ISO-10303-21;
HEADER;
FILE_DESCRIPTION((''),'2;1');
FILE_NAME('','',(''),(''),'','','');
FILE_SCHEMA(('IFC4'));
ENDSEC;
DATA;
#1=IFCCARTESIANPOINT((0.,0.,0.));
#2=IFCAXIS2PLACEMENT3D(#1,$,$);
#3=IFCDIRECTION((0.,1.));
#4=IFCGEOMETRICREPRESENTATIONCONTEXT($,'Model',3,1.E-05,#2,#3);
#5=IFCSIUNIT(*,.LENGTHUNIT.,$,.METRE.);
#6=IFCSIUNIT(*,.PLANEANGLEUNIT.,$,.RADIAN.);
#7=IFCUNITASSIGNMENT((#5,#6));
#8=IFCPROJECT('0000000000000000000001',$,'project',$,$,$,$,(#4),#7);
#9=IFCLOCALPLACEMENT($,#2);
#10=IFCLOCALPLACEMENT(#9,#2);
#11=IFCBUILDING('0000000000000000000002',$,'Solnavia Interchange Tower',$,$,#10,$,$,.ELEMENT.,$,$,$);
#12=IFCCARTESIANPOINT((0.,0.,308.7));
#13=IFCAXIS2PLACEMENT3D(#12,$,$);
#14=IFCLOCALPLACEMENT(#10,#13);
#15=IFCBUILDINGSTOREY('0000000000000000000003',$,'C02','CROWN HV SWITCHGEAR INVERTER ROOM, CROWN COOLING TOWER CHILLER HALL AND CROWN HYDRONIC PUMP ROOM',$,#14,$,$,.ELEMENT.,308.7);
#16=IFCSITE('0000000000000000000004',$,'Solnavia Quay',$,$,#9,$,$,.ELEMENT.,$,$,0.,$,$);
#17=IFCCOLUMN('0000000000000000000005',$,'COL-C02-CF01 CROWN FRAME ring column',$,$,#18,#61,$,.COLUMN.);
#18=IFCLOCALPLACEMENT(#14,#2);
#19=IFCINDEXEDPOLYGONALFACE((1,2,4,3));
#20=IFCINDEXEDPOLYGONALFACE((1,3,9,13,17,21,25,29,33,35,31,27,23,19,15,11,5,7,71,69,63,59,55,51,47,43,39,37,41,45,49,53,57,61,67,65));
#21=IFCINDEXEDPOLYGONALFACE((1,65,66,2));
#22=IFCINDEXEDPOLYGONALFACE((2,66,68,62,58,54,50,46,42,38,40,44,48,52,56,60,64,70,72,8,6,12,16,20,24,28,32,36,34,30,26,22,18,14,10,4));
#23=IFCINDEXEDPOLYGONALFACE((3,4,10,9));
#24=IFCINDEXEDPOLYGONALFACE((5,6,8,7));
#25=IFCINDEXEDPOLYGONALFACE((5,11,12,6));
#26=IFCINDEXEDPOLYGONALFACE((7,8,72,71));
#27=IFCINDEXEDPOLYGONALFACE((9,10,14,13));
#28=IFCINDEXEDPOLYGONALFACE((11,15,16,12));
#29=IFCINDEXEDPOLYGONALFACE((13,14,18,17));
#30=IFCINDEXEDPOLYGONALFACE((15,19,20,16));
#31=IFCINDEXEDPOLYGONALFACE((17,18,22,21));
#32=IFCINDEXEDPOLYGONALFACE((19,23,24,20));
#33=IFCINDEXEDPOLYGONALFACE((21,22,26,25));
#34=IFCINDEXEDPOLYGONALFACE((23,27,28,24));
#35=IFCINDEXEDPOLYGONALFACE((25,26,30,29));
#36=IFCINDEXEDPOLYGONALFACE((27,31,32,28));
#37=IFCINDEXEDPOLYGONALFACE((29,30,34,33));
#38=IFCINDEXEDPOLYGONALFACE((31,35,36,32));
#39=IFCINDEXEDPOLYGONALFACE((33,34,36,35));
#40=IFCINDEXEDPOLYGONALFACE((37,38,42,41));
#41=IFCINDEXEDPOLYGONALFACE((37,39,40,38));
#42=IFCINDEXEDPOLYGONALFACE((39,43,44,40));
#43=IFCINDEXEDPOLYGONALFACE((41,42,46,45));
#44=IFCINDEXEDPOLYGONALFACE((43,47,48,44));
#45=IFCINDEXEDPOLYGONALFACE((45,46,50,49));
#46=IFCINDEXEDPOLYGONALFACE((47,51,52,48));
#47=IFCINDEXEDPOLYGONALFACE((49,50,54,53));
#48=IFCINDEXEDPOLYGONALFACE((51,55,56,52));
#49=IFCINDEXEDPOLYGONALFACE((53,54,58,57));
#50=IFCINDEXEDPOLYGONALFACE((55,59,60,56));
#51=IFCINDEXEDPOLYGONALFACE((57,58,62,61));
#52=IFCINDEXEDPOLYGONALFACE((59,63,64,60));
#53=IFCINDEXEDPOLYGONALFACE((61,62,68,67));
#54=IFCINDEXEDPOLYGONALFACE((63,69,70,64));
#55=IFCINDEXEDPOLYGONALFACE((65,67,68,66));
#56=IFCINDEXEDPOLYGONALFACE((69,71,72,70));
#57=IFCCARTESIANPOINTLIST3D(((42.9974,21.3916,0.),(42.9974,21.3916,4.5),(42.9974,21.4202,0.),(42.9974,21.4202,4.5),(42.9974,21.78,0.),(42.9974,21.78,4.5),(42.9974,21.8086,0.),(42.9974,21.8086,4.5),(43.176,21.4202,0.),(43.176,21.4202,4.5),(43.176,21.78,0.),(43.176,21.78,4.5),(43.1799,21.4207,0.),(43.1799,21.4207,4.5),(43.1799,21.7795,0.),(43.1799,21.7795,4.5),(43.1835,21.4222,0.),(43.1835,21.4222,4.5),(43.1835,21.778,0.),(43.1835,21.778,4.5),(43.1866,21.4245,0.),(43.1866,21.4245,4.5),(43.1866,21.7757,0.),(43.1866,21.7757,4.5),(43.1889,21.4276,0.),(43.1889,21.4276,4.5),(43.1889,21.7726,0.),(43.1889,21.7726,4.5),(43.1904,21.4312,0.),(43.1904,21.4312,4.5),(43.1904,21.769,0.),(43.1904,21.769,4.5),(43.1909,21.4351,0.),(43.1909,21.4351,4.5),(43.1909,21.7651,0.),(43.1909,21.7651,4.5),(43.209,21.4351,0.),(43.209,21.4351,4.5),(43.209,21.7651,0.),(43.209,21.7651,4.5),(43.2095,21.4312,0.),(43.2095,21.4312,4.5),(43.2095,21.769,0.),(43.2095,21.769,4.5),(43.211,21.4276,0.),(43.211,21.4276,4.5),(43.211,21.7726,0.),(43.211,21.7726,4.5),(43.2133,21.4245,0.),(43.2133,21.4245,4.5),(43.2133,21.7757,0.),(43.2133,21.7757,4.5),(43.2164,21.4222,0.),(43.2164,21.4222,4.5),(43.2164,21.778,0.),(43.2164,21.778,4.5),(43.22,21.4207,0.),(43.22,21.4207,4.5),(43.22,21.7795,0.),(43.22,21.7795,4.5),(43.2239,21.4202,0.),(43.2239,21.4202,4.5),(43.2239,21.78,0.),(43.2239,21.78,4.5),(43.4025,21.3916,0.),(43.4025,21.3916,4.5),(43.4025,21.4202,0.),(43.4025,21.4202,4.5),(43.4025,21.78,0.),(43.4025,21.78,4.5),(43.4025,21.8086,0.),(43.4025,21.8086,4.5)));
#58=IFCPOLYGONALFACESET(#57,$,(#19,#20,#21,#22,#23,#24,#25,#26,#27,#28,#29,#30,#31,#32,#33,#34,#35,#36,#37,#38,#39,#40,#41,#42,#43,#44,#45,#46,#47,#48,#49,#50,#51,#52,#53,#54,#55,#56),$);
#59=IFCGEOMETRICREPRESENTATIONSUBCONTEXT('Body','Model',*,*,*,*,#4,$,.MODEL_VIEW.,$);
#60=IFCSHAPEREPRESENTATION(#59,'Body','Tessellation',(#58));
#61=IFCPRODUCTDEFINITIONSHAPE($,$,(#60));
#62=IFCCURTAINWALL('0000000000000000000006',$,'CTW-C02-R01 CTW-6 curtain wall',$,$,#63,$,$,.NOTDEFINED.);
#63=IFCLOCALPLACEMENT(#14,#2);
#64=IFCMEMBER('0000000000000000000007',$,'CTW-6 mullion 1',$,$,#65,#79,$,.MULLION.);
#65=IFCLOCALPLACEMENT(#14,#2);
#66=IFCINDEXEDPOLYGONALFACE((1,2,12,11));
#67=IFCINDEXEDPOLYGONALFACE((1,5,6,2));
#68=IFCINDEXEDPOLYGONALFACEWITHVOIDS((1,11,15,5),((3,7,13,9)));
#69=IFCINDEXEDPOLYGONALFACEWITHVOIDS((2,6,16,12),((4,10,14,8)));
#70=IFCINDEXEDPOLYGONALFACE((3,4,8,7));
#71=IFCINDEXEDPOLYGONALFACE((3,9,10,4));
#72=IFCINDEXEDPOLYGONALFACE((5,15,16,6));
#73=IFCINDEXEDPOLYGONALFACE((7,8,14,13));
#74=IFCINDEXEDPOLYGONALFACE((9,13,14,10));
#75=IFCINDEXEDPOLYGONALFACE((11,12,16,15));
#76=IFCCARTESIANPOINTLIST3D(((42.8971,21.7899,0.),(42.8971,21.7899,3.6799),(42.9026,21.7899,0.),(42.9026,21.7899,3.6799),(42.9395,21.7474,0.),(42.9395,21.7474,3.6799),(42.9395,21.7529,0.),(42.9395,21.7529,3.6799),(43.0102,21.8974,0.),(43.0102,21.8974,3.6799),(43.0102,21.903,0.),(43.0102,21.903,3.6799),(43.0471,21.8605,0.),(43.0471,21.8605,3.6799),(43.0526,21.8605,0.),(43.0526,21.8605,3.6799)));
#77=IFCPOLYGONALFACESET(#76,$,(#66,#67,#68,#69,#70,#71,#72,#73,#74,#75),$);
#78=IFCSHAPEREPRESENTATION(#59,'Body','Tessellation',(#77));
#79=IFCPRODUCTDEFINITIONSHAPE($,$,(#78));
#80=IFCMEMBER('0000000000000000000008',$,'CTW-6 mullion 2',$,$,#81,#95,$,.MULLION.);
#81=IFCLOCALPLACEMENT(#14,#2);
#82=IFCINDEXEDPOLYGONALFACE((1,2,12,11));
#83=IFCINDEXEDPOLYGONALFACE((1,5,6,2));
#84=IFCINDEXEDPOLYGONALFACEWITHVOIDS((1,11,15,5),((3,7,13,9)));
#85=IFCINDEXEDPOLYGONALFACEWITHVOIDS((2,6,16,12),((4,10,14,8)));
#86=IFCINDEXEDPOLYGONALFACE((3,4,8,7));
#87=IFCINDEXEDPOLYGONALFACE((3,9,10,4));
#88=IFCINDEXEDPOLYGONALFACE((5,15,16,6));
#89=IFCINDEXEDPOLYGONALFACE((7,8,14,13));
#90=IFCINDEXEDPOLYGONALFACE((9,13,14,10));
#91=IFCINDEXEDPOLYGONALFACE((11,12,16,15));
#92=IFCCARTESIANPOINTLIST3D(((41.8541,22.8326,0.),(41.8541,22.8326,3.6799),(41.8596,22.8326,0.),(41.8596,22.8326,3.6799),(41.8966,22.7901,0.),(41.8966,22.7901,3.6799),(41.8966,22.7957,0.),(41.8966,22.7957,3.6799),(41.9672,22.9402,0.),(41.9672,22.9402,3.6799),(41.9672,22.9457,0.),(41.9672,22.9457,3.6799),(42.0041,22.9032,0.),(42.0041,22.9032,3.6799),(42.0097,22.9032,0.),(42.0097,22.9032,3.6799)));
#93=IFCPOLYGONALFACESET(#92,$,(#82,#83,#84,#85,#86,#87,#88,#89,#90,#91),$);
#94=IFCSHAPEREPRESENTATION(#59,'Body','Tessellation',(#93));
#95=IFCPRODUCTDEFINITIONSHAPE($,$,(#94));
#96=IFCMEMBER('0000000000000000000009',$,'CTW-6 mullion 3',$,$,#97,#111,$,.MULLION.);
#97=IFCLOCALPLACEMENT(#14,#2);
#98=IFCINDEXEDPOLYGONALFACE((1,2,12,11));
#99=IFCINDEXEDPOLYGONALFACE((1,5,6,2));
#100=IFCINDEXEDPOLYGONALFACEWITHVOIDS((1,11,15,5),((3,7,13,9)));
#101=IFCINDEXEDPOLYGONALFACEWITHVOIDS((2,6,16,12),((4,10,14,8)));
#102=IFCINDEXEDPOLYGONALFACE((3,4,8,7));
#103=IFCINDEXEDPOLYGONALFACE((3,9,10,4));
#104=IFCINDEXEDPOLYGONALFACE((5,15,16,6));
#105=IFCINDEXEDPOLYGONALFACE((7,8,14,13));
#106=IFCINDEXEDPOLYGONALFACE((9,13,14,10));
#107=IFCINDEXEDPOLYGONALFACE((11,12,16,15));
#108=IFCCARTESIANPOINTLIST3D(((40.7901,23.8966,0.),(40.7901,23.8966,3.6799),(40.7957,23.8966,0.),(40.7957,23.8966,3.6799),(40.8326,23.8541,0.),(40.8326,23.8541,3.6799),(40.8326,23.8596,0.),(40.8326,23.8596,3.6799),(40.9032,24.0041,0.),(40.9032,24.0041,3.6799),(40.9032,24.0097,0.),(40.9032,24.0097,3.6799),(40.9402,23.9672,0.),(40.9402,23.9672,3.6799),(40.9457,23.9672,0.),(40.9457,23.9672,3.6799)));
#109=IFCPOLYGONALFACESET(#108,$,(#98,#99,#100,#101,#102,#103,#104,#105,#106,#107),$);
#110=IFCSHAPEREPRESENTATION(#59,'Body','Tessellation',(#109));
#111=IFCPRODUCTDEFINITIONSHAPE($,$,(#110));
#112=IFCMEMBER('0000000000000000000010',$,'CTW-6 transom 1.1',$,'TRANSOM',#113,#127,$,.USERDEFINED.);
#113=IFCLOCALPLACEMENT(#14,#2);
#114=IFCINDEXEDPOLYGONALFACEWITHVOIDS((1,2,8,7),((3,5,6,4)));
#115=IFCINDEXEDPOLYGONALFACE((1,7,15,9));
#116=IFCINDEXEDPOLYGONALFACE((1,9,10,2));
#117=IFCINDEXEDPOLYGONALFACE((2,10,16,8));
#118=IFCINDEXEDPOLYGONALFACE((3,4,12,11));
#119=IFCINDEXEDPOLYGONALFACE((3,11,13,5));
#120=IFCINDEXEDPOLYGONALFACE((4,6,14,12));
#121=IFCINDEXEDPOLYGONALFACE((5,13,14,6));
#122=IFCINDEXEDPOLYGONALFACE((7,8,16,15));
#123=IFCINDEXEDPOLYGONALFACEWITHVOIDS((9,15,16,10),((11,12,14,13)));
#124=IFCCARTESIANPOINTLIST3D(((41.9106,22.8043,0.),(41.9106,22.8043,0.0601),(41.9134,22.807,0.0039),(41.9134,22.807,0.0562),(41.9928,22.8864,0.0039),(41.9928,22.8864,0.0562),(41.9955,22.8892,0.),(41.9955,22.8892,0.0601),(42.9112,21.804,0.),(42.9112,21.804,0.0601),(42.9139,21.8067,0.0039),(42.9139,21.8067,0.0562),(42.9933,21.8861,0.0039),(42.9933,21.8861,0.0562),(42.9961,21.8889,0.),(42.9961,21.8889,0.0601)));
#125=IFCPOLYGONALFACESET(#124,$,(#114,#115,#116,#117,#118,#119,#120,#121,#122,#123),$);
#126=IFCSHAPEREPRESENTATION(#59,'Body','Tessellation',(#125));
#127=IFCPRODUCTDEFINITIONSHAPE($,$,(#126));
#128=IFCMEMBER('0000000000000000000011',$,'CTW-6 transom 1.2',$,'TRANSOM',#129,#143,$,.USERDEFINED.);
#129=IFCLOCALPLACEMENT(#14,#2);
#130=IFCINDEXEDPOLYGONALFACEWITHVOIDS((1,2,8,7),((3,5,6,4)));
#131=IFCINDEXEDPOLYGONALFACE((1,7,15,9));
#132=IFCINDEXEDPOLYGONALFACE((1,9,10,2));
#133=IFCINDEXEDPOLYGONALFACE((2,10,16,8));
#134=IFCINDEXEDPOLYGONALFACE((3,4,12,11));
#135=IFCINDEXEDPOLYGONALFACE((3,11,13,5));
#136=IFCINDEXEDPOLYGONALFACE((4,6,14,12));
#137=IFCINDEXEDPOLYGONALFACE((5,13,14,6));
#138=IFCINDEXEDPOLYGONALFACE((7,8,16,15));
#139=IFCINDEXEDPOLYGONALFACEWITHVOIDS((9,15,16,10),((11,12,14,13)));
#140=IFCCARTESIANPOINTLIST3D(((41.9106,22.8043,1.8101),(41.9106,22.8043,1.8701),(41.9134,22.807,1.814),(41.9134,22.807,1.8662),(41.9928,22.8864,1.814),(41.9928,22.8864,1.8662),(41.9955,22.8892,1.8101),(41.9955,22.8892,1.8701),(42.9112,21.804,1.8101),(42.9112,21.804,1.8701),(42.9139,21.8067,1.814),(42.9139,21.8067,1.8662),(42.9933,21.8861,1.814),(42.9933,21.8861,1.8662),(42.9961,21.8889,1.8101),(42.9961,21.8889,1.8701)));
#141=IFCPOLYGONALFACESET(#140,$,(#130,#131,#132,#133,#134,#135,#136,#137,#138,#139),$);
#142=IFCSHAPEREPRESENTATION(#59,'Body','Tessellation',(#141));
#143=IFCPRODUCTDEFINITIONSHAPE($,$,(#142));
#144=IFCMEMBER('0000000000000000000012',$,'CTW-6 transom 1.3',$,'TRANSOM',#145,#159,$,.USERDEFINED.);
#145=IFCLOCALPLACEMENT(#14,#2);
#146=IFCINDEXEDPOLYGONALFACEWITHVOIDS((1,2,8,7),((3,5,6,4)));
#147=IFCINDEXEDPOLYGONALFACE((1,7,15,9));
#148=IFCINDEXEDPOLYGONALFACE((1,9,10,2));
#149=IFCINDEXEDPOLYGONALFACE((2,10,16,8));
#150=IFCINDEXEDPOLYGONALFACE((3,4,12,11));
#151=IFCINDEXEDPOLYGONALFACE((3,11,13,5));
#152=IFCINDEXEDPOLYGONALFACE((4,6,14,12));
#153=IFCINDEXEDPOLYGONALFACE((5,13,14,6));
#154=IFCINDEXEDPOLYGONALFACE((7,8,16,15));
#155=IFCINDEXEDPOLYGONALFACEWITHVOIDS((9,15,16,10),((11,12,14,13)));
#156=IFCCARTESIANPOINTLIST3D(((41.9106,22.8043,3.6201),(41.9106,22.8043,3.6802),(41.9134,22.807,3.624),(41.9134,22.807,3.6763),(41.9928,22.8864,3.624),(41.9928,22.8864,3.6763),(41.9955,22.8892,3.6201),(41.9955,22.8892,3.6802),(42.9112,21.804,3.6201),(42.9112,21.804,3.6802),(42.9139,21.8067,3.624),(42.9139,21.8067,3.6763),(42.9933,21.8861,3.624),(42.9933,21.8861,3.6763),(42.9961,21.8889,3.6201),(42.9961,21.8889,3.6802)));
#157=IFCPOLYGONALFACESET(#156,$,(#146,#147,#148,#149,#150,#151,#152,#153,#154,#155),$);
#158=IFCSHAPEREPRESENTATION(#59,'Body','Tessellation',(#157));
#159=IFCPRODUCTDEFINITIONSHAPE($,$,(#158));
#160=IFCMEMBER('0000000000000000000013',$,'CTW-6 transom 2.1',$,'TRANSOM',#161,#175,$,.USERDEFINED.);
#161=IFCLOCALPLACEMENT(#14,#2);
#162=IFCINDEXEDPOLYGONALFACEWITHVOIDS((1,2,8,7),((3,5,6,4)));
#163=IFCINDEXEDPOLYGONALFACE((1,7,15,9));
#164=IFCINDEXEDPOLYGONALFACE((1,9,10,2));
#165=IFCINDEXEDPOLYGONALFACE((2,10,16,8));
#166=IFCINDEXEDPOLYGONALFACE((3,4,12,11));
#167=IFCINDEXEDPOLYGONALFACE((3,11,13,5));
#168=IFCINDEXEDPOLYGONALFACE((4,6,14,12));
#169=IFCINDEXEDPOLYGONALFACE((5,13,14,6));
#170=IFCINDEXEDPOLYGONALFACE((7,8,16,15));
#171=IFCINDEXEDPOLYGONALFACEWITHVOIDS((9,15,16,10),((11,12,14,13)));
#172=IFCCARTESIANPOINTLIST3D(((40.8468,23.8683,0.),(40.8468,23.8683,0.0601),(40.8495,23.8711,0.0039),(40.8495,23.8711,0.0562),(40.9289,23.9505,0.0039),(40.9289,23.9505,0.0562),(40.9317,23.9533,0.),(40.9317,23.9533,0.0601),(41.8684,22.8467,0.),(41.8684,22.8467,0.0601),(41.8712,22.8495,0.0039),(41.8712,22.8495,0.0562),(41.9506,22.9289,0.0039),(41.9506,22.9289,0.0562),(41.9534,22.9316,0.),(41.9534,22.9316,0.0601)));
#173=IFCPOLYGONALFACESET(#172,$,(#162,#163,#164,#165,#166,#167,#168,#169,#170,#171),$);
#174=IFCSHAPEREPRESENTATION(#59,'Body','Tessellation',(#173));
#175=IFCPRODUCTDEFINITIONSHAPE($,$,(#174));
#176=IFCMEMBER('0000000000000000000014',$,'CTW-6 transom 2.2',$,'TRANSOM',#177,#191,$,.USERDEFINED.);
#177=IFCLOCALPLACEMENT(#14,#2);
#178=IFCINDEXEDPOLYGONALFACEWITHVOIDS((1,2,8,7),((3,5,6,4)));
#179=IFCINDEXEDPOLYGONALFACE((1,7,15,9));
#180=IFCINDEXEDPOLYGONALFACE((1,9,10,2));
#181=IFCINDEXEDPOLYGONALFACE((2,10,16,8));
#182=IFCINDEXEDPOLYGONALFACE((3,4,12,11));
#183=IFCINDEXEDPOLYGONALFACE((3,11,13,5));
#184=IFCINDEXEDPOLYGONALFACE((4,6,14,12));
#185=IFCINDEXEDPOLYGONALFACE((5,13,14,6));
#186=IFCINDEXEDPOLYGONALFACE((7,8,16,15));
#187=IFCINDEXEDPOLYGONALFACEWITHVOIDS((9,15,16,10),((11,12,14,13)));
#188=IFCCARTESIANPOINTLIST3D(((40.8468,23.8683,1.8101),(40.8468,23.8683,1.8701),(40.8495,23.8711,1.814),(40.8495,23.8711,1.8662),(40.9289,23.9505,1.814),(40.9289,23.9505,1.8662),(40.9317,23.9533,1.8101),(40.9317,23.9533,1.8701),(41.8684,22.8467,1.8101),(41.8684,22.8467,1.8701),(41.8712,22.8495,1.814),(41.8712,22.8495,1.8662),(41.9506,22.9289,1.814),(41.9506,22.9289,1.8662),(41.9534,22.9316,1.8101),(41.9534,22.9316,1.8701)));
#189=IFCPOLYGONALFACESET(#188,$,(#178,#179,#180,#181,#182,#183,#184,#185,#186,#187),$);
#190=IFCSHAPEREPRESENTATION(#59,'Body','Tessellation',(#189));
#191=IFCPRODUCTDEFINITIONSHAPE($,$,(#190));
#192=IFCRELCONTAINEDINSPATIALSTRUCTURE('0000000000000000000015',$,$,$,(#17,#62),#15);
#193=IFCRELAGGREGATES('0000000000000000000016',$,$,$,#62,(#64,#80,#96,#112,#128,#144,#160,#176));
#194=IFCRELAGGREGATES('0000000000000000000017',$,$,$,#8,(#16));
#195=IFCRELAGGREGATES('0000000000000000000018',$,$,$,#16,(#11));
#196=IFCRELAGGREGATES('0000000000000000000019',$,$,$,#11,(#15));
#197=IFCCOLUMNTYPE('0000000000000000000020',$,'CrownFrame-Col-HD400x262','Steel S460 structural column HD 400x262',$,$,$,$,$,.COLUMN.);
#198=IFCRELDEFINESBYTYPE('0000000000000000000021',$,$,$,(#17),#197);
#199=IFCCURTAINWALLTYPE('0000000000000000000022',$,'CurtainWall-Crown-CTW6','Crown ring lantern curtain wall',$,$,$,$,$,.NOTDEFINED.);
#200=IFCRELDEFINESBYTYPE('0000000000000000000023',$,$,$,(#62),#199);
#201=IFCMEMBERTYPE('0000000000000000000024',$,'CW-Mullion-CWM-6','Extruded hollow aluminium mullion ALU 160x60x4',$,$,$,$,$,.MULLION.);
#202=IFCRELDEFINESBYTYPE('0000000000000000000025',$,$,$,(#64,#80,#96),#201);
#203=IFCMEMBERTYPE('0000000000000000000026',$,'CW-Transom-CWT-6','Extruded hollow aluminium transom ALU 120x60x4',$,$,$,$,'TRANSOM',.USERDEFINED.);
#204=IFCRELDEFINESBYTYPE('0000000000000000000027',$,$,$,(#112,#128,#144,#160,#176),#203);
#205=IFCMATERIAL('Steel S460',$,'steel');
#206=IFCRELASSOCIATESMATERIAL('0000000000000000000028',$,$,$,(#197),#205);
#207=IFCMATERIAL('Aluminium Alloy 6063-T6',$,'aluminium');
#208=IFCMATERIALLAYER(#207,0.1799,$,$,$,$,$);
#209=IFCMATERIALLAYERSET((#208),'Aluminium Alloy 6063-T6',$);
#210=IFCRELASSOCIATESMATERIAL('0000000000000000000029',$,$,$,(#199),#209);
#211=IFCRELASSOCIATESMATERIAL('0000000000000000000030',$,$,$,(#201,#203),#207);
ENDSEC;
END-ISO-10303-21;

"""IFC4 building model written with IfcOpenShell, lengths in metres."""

from ifc_helpers import new_model, si_unit, direction, frame, origin, origin_2d, place, context, subcontext, project, spatial, hollow_rectangle, i_section, extrude, material, layer, layer_set, material_profile, profile_set, type_object, element, aggregate, save


model = new_model("IFC4")

# Units and contexts
model_context = context("Model", 3, precision=1e-05, world=origin(), true_north=direction((0.0, 1.0)))
body_context = subcontext(model_context, "Body", "Model", "MODEL_VIEW")
ifc_project = project(units=[si_unit("LENGTHUNIT", "METRE"), si_unit("PLANEANGLEUNIT", "RADIAN")], contexts=[model_context])

# Site, building, storey
site_placement = place(None, origin())
site = spatial("IfcSite", under=ifc_project, at=site_placement, Name="Solnavia Quay", CompositionType="ELEMENT", RefElevation=0.0)
building_placement = place(site_placement, origin())
building = spatial("IfcBuilding", under=site, at=building_placement, Name="Solnavia Interchange Tower", CompositionType="ELEMENT")
storey_placement = place(building_placement, frame((0.0, 0.0, 308.7)))
storey = spatial("IfcBuildingStorey", under=building, at=storey_placement, Name="C02", Description="CROWN HV SWITCHGEAR INVERTER ROOM, CROWN COOLING TOWER CHILLER HALL AND CROWN HYDRONIC PUMP ROOM", CompositionType="ELEMENT", Elevation=308.7)

# Column
ifc_material_1 = material(Name="Steel S460", Category="steel")
ifc_material_profile_1 = material_profile(ifc_material_1, i_section(OverallWidth=0.405, OverallDepth=0.417, WebThickness=0.0181, FlangeThickness=0.0286, FilletRadius=0.0149, at=origin_2d()), Name="HD 400x262")
ifc_profile_set_1 = profile_set([ifc_material_profile_1], Name="Steel S460")
column_type = type_object("IfcColumnType", Name="CrownFrame-Col-HD400x262", Description="Steel S460 structural column HD 400x262", PredefinedType="COLUMN", material=ifc_profile_set_1)
column_placement = place(storey_placement, frame((43.2, 21.6001, 0.0), z_axis=(0.0, 0.0, 1.0), x_axis=(1.0, 0.0, 0.0)))
element("IfcColumn", 1, at=column_placement, inside=storey, type_object=column_type, Name="COL-C02-CF01 CROWN FRAME ring column", PredefinedType="COLUMN", context=body_context, shape_type="SweptSolid", body=[
    extrude(i_section(OverallWidth=0.405, OverallDepth=0.417, WebThickness=0.0181, FlangeThickness=0.0286, FilletRadius=0.0149, at=origin_2d()), origin(), (0.0, 0.0, 1.0), 4.5),
])

# Curtain wall, members
ifc_material_2 = material(Name="Aluminium Alloy 6063-T6", Category="aluminium")
ifc_layer_1 = layer(ifc_material_2, 0.1799)
ifc_layer_set_1 = layer_set([ifc_layer_1], Name="Aluminium Alloy 6063-T6")
curtain_wall_type = type_object("IfcCurtainWallType", Name="CurtainWall-Crown-CTW6", Description="Crown ring lantern curtain wall", PredefinedType="NOTDEFINED", material=ifc_layer_set_1)
curtain_wall_placement = place(storey_placement, origin())
curtain_wall = element("IfcCurtainWall", 2, at=curtain_wall_placement, inside=storey, type_object=curtain_wall_type, Name="CTW-C02-R01 CTW-6 curtain wall", PredefinedType="NOTDEFINED")
ifc_material_profile_2 = material_profile(ifc_material_2, hollow_rectangle(XDim=0.0601, YDim=0.1599, WallThickness=0.0039, at=origin_2d()), Name="ALU 160x60x4")
ifc_profile_set_2 = profile_set([ifc_material_profile_2], Name="Aluminium Alloy 6063-T6")
member_type_1 = type_object("IfcMemberType", Name="CW-Mullion-CWM-6", Description="Extruded hollow aluminium mullion ALU 160x60x4", PredefinedType="MULLION", material=ifc_profile_set_2)
member_1_placement = place(storey_placement, frame((42.9749, 21.8252, 0.0), z_axis=(0.0, 0.0, 1.0), x_axis=(-0.707107, 0.707107, 0.0)))
member_1 = element("IfcMember", 3, at=member_1_placement, type_object=member_type_1, Name="CTW-6 mullion 1", PredefinedType="MULLION", context=body_context, shape_type="SweptSolid", body=[
    extrude(hollow_rectangle(XDim=0.0601, YDim=0.1599, WallThickness=0.0039, at=origin_2d()), origin(), (0.0, 0.0, 1.0), 3.6799),
])
member_2_placement = place(storey_placement, frame((41.9319, 22.8679, 0.0), z_axis=(0.0, 0.0, 1.0), x_axis=(-0.707107, 0.707107, 0.0)))
member_2 = element("IfcMember", 4, at=member_2_placement, type_object=member_type_1, Name="CTW-6 mullion 2", PredefinedType="MULLION", context=body_context, shape_type="SweptSolid", body=[
    extrude(hollow_rectangle(XDim=0.0601, YDim=0.1599, WallThickness=0.0039, at=origin_2d()), origin(), (0.0, 0.0, 1.0), 3.6799),
])
member_3_placement = place(storey_placement, frame((40.8679, 23.9319, 0.0), z_axis=(0.0, 0.0, 1.0), x_axis=(-0.707107, 0.707107, 0.0)))
member_3 = element("IfcMember", 5, at=member_3_placement, type_object=member_type_1, Name="CTW-6 mullion 3", PredefinedType="MULLION", context=body_context, shape_type="SweptSolid", body=[
    extrude(hollow_rectangle(XDim=0.0601, YDim=0.1599, WallThickness=0.0039, at=origin_2d()), origin(), (0.0, 0.0, 1.0), 3.6799),
])
ifc_material_profile_3 = material_profile(ifc_material_2, hollow_rectangle(XDim=0.0601, YDim=0.1201, WallThickness=0.0039, at=origin_2d()), Name="ALU 120x60x4")
ifc_profile_set_3 = profile_set([ifc_material_profile_3], Name="Aluminium Alloy 6063-T6")
member_type_2 = type_object("IfcMemberType", Name="CW-Transom-CWT-6", Description="Extruded hollow aluminium transom ALU 120x60x4", ElementType="TRANSOM", PredefinedType="USERDEFINED", material=ifc_profile_set_3)
member_4_placement = place(storey_placement, frame((42.9536, 21.8464, 0.03), z_axis=(-0.707193, 0.70702, 0.0), x_axis=(0.0, 0.0, 1.0)))
member_4 = element("IfcMember", 6, at=member_4_placement, type_object=member_type_2, Name="CTW-6 transom 1.1", ObjectType="TRANSOM", PredefinedType="USERDEFINED", context=body_context, shape_type="SweptSolid", body=[
    extrude(hollow_rectangle(XDim=0.0601, YDim=0.1201, WallThickness=0.0039, at=origin_2d()), origin(), (0.0, 0.0, 1.0), 1.4148),
])
member_5_placement = place(storey_placement, frame((42.9536, 21.8464, 1.8401), z_axis=(-0.707193, 0.70702, 0.0), x_axis=(0.0, 0.0, 1.0)))
member_5 = element("IfcMember", 7, at=member_5_placement, type_object=member_type_2, Name="CTW-6 transom 1.2", ObjectType="TRANSOM", PredefinedType="USERDEFINED", context=body_context, shape_type="SweptSolid", body=[
    extrude(hollow_rectangle(XDim=0.0601, YDim=0.1201, WallThickness=0.0039, at=origin_2d()), origin(), (0.0, 0.0, 1.0), 1.4148),
])
member_6_placement = place(storey_placement, frame((42.9536, 21.8464, 3.6501), z_axis=(-0.707193, 0.70702, 0.0), x_axis=(0.0, 0.0, 1.0)))
member_6 = element("IfcMember", 8, at=member_6_placement, type_object=member_type_2, Name="CTW-6 transom 1.3", ObjectType="TRANSOM", PredefinedType="USERDEFINED", context=body_context, shape_type="SweptSolid", body=[
    extrude(hollow_rectangle(XDim=0.0601, YDim=0.1201, WallThickness=0.0039, at=origin_2d()), origin(), (0.0, 0.0, 1.0), 1.4148),
])
member_7_placement = place(storey_placement, frame((41.9109, 22.8892, 0.03), z_axis=(-0.707107, 0.707107, 0.0), x_axis=(0.0, 0.0, 1.0)))
member_7 = element("IfcMember", 9, at=member_7_placement, type_object=member_type_2, Name="CTW-6 transom 2.1", ObjectType="TRANSOM", PredefinedType="USERDEFINED", context=body_context, shape_type="SweptSolid", body=[
    extrude(hollow_rectangle(XDim=0.0601, YDim=0.1201, WallThickness=0.0039, at=origin_2d()), origin(), (0.0, 0.0, 1.0), 1.4448),
])
member_8_placement = place(storey_placement, frame((41.9109, 22.8892, 1.8401), z_axis=(-0.707107, 0.707107, 0.0), x_axis=(0.0, 0.0, 1.0)))
member_8 = element("IfcMember", 10, at=member_8_placement, type_object=member_type_2, Name="CTW-6 transom 2.2", ObjectType="TRANSOM", PredefinedType="USERDEFINED", context=body_context, shape_type="SweptSolid", body=[
    extrude(hollow_rectangle(XDim=0.0601, YDim=0.1201, WallThickness=0.0039, at=origin_2d()), origin(), (0.0, 0.0, 1.0), 1.4448),
])

aggregate(curtain_wall, [member_1, member_2, member_3, member_4, member_5, member_6, member_7, member_8])

save(model, "model.ifc")
